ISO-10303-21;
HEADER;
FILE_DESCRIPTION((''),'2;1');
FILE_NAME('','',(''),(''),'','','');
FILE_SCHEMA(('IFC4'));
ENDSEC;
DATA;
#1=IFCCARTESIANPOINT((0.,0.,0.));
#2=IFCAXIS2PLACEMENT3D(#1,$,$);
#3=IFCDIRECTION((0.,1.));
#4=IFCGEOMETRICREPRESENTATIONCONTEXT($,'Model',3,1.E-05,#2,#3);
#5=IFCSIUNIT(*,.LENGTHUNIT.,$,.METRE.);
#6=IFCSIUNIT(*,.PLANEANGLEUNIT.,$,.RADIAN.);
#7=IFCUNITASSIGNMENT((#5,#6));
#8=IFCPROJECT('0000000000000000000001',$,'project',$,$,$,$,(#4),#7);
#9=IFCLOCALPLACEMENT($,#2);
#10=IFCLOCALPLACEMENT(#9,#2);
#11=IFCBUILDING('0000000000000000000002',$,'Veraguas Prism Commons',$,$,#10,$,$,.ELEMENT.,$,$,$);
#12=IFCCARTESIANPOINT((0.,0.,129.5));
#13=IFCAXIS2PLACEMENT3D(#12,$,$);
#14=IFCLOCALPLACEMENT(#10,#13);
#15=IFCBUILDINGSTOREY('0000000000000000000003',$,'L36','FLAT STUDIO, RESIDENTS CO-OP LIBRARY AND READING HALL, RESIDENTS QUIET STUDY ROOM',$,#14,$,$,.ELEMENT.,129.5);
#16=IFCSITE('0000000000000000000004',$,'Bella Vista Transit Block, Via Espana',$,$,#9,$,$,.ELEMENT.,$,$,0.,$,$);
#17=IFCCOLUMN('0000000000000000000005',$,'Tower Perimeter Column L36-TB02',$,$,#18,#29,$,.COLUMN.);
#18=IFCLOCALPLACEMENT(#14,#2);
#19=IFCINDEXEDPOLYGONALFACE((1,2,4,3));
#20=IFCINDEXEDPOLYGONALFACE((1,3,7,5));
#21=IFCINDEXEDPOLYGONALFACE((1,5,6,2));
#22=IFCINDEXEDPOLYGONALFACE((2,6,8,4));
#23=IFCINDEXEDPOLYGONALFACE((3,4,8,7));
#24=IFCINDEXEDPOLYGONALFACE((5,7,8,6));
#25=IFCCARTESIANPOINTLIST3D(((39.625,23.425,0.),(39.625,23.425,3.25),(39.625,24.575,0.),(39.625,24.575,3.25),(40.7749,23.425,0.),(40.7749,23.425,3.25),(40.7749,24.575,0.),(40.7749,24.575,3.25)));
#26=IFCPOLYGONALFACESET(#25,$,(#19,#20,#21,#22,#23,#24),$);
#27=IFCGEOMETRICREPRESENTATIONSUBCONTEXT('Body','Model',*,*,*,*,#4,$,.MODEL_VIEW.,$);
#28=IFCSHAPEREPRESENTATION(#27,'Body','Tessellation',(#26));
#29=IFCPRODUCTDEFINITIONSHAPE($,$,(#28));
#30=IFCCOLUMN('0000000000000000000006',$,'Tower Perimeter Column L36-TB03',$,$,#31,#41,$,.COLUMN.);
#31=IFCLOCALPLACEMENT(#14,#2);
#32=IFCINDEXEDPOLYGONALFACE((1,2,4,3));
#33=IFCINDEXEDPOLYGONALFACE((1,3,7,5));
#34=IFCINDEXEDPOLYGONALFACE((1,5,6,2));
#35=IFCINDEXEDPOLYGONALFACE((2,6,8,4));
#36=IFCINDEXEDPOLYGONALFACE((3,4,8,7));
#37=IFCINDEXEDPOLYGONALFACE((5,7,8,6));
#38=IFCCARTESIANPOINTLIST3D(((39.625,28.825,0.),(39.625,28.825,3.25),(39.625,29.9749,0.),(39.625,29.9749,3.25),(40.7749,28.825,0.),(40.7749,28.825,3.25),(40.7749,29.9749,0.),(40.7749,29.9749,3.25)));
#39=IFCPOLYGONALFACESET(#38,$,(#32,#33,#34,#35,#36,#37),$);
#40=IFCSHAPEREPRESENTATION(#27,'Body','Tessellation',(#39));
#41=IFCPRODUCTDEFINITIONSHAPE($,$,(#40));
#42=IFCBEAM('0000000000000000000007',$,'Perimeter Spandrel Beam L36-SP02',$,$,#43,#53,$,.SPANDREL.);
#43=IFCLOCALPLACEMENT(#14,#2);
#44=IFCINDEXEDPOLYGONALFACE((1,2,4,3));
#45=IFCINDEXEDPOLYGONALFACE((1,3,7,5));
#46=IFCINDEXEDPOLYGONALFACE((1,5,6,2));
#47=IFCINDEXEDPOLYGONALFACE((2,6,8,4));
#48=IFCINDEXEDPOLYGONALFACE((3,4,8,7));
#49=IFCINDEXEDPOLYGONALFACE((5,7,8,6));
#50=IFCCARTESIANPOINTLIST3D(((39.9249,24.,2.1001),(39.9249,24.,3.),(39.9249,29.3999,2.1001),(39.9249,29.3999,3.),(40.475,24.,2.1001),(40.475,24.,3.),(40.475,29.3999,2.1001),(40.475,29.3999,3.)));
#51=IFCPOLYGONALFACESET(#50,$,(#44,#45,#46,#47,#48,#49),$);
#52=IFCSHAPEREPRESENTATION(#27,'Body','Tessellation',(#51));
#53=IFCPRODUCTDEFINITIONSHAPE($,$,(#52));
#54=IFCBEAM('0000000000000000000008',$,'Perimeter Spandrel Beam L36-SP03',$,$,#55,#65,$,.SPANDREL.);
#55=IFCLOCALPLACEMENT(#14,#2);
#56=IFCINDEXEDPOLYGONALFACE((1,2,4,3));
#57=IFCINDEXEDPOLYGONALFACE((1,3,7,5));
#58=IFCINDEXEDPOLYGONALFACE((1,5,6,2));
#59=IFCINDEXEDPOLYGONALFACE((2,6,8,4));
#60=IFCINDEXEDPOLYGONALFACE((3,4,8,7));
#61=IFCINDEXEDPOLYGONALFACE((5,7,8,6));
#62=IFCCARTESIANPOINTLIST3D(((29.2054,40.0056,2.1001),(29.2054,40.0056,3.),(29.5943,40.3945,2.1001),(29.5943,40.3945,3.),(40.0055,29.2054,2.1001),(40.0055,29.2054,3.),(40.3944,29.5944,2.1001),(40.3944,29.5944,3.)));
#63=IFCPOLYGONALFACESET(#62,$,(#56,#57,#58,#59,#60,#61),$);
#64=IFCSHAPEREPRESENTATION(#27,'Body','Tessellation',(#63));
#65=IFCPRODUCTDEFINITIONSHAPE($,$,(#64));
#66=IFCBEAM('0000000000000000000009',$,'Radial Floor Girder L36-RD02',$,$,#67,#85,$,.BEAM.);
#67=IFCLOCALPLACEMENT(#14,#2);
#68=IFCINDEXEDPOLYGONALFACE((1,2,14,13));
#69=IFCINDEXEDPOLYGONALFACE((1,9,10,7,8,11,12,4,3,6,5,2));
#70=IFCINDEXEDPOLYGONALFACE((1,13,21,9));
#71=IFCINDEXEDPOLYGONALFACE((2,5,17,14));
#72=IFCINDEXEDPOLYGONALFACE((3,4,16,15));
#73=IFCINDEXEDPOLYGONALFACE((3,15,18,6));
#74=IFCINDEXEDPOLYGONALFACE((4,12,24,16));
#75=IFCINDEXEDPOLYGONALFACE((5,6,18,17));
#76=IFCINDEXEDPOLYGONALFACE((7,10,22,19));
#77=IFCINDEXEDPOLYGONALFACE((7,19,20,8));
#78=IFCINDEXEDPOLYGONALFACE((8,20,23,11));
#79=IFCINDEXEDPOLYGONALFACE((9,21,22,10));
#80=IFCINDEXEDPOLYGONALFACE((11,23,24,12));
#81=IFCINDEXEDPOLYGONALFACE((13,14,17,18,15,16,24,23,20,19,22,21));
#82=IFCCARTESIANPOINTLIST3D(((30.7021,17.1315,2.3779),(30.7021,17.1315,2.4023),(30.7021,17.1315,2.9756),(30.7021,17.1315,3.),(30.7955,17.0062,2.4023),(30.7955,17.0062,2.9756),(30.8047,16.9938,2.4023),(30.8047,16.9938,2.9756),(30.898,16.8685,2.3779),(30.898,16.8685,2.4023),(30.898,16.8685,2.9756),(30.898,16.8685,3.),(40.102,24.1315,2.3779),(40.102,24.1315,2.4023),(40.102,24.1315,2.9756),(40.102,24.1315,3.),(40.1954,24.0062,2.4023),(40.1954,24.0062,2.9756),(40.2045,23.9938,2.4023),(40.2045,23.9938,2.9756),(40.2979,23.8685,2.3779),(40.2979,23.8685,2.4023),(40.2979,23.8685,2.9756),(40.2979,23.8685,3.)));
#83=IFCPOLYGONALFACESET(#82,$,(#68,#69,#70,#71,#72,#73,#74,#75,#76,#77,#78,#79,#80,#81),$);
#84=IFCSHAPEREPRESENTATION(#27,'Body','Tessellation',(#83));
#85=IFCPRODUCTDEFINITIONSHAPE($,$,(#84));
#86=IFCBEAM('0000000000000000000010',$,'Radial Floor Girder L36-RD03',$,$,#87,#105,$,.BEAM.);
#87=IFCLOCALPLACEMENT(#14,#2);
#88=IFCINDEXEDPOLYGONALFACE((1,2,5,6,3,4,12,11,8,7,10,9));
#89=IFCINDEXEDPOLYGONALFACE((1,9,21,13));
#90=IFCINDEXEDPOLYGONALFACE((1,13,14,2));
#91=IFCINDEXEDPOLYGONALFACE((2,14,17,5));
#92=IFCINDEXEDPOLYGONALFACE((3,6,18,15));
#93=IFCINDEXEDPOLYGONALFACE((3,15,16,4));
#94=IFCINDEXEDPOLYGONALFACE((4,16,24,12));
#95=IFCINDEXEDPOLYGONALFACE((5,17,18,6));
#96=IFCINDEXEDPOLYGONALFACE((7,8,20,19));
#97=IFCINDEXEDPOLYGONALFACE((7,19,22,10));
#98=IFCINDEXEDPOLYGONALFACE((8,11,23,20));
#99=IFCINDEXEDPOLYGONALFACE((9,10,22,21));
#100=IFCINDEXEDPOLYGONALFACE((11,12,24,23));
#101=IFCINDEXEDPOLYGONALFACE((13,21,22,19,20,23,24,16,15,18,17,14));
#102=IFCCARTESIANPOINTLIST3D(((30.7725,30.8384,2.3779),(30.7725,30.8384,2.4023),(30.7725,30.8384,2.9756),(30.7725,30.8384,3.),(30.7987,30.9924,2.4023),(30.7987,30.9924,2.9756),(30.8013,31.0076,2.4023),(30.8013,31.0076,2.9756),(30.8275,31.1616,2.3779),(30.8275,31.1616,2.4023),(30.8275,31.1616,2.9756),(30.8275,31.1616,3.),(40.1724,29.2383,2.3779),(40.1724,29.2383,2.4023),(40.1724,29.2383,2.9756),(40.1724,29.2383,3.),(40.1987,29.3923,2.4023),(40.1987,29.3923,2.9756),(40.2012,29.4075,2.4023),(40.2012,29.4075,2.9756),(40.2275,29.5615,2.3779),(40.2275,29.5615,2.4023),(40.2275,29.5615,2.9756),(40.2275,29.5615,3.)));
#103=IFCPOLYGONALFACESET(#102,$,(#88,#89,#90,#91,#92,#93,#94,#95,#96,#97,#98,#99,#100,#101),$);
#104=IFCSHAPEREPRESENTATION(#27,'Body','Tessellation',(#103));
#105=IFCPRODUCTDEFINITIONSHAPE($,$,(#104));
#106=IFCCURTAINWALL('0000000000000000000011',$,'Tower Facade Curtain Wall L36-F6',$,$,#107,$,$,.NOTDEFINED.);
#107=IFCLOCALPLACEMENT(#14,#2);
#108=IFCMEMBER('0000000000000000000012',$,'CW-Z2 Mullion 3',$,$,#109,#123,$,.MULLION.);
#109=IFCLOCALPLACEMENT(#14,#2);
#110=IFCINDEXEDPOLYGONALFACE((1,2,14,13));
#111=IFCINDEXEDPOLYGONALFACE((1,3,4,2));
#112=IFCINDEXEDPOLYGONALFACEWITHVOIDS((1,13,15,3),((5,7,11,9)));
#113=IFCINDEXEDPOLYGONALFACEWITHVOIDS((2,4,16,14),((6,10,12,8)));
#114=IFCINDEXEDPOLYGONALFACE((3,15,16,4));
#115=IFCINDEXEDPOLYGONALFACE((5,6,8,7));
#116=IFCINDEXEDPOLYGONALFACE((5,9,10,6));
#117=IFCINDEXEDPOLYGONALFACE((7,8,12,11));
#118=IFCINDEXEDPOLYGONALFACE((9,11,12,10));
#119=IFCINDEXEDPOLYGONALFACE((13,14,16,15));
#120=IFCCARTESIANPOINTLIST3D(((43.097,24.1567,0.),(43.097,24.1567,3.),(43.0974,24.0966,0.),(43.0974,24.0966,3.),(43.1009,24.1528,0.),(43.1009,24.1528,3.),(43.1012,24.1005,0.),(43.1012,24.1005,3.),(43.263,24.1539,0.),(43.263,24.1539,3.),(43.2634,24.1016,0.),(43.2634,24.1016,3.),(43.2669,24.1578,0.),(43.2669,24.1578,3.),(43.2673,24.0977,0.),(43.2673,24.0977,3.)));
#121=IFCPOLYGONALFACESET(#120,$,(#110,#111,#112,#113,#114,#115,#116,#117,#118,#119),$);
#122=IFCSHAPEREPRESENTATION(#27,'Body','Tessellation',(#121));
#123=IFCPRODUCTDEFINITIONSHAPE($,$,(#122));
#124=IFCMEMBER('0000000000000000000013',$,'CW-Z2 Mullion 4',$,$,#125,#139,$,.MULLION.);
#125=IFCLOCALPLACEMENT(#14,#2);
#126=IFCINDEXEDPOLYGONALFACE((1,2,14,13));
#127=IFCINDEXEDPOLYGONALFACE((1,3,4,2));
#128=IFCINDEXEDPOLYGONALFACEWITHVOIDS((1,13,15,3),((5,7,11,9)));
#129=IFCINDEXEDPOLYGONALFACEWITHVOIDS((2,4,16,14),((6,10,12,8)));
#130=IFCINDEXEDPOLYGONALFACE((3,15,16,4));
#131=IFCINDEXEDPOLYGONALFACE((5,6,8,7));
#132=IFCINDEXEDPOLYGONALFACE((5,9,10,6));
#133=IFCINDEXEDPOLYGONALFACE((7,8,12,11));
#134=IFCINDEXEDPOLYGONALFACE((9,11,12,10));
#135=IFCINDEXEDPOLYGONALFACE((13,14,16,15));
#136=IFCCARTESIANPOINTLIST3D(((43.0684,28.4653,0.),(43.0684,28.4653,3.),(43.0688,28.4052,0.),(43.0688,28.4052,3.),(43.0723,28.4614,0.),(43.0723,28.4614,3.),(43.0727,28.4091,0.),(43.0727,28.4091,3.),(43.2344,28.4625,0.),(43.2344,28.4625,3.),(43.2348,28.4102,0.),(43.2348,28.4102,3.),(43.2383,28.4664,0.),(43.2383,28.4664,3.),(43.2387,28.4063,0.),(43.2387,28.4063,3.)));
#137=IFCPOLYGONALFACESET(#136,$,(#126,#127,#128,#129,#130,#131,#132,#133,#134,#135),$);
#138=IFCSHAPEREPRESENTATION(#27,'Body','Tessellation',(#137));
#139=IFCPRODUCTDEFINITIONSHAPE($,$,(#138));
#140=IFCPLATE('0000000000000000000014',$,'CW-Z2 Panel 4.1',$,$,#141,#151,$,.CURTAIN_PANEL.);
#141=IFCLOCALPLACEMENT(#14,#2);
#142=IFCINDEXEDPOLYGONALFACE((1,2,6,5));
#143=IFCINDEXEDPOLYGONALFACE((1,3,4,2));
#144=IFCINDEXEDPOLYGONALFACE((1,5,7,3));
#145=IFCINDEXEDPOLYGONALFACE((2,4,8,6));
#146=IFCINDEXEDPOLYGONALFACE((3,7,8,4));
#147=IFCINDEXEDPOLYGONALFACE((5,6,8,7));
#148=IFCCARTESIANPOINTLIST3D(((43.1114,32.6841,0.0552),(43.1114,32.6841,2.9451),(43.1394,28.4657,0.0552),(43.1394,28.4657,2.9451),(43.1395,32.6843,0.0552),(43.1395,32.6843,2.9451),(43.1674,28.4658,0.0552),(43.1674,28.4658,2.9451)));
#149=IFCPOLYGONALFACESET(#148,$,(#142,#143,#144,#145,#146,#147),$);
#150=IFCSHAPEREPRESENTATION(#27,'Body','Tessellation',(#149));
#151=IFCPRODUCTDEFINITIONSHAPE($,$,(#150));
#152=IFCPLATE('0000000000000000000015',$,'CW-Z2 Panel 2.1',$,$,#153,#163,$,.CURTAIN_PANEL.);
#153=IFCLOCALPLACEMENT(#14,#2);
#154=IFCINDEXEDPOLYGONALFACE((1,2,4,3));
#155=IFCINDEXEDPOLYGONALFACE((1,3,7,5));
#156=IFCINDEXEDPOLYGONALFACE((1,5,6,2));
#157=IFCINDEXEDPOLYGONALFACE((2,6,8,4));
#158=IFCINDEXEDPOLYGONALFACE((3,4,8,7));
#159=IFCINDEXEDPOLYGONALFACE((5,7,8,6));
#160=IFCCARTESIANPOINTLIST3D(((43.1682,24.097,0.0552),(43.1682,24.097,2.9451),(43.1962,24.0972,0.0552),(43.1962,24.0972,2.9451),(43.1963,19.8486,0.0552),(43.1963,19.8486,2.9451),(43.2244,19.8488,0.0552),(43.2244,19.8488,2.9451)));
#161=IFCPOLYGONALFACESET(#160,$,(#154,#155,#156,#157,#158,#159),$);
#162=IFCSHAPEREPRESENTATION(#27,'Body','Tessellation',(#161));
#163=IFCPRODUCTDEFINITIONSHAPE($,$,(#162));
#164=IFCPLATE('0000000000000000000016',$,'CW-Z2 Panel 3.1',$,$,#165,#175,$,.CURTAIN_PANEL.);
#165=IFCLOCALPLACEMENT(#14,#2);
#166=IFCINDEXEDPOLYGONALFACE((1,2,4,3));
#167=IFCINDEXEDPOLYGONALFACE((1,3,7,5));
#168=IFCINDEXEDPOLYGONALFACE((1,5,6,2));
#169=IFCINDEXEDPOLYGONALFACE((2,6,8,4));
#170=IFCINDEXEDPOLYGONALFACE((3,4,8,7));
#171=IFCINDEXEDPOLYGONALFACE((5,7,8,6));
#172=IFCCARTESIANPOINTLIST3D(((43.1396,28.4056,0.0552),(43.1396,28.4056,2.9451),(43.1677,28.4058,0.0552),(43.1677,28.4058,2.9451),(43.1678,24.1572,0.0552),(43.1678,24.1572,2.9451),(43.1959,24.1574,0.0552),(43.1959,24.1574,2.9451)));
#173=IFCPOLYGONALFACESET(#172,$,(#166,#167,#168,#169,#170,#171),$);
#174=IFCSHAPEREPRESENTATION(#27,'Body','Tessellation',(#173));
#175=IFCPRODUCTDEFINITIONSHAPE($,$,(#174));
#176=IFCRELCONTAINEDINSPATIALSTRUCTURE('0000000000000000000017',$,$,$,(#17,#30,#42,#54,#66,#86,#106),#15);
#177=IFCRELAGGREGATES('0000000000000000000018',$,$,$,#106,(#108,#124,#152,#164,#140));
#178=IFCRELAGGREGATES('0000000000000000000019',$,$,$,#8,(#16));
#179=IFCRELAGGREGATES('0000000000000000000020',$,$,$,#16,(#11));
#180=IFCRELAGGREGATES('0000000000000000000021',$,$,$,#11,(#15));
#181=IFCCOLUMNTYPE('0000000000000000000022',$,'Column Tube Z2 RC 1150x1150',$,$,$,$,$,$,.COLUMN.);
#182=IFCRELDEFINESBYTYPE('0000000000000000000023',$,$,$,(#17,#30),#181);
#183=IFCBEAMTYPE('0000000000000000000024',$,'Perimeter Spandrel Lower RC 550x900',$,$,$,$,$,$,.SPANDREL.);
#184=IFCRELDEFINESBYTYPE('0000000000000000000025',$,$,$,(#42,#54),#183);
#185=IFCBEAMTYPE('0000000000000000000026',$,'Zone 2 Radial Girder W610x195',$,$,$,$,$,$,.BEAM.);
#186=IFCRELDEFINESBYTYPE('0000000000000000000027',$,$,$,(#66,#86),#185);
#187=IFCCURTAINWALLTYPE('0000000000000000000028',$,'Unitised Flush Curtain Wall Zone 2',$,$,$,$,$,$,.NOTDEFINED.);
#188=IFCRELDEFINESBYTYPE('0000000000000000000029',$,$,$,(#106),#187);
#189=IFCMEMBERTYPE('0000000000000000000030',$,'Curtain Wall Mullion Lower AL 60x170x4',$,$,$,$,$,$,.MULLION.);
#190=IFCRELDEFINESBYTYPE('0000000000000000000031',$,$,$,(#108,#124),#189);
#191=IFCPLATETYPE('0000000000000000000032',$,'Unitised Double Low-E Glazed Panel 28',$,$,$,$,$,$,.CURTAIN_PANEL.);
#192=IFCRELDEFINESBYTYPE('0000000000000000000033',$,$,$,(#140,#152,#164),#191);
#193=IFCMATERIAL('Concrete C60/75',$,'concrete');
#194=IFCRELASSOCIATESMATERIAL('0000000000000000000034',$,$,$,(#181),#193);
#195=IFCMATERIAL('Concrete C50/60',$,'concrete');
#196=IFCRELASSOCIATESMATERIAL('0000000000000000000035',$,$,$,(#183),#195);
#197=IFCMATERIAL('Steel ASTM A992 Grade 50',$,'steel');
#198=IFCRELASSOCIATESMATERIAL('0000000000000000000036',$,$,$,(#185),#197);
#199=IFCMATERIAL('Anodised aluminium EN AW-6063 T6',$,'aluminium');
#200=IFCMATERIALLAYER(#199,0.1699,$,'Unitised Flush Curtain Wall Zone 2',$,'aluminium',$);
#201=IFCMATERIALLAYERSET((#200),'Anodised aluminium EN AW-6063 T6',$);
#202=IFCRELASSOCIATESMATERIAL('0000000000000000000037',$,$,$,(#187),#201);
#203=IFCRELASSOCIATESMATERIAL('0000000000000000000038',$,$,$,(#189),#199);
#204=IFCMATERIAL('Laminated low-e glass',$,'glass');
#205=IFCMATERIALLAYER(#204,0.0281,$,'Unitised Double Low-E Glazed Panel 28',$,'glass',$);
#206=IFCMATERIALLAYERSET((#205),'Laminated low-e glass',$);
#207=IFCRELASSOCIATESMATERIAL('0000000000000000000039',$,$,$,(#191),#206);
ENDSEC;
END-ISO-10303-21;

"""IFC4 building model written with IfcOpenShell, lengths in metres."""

from ifc_helpers import new_model, si_unit, direction, frame, origin, origin_2d, place, context, subcontext, project, spatial, rectangle, hollow_rectangle, i_section, extrude, source, transform, mapped, material, layer, layer_set, material_profile, profile_set, type_object, element, aggregate, save


model = new_model("IFC4")

# Units and contexts
model_context = context("Model", 3, precision=1e-05, world=origin(), true_north=direction((0.0, 1.0)))
body_context = subcontext(model_context, "Body", "Model", "MODEL_VIEW")
ifc_project = project(units=[si_unit("LENGTHUNIT", "METRE"), si_unit("PLANEANGLEUNIT", "RADIAN")], contexts=[model_context])

# Site, building, storey
site_placement = place(None, origin())
site = spatial("IfcSite", under=ifc_project, at=site_placement, Name="Bella Vista Transit Block, Via Espana", CompositionType="ELEMENT", RefElevation=0.0)
building_placement = place(site_placement, origin())
building = spatial("IfcBuilding", under=site, at=building_placement, Name="Veraguas Prism Commons", CompositionType="ELEMENT")
storey_placement = place(building_placement, frame((0.0, 0.0, 129.5)))
storey = spatial("IfcBuildingStorey", under=building, at=storey_placement, Name="L36", Description="FLAT STUDIO, RESIDENTS CO-OP LIBRARY AND READING HALL, RESIDENTS QUIET STUDY ROOM", CompositionType="ELEMENT", Elevation=129.5)

# Columns
ifc_material_1 = material(Name="Concrete C60/75", Category="concrete")
ifc_material_profile_1 = material_profile(ifc_material_1, rectangle(XDim=1.1499, YDim=1.1499, at=origin_2d()), Name="RC1150X1150")
ifc_profile_set_1 = profile_set([ifc_material_profile_1], Name="Concrete C60/75")
column_type = type_object("IfcColumnType", Name="Column Tube Z2 RC 1150x1150", PredefinedType="COLUMN", material=ifc_profile_set_1)
for number, where, z_axis, x_axis, name in (
    (1, (40.2, 24.0, 0.0), (0.0, 0.0, 1.0), (1.0, 0.0, 0.0), "Tower Perimeter Column L36-TB02"),
    (2, (40.2, 29.3999, 0.0), (0.0, 0.0, 1.0), (1.0, 0.0, 0.0), "Tower Perimeter Column L36-TB03"),
):
    element("IfcColumn", number, at=place(storey_placement, frame(where, z_axis=z_axis, x_axis=x_axis)), inside=storey, type_object=column_type, Name=name, PredefinedType="COLUMN", context=body_context, shape_type="SweptSolid", body=[
        extrude(rectangle(XDim=1.1499, YDim=1.1499, at=origin_2d()), origin(), (0.0, 0.0, 1.0), 3.25),
    ])

# Beams
ifc_material_2 = material(Name="Concrete C50/60", Category="concrete")
ifc_material_profile_2 = material_profile(ifc_material_2, rectangle(XDim=0.55, YDim=0.8999, at=origin_2d()), Name="RC550X900")
ifc_profile_set_2 = profile_set([ifc_material_profile_2], Name="Concrete C50/60")
beam_type_1 = type_object("IfcBeamType", Name="Perimeter Spandrel Lower RC 550x900", PredefinedType="SPANDREL", material=ifc_profile_set_2)
beam_1_placement = place(storey_placement, frame((40.2, 24.0, 2.55), z_axis=(0.0, 1.0, 0.0), x_axis=(-1.0, 0.0, 0.0)))
element("IfcBeam", 3, at=beam_1_placement, inside=storey, type_object=beam_type_1, Name="Perimeter Spandrel Beam L36-SP02", PredefinedType="SPANDREL", context=body_context, shape_type="SweptSolid", body=[
    extrude(rectangle(XDim=0.55, YDim=0.8999, at=origin_2d()), origin(), (0.0, 0.0, 1.0), 5.3999),
])
beam_2_placement = place(storey_placement, frame((40.2, 29.3999, 2.55), z_axis=(-0.707107, 0.707107, 0.0), x_axis=(-0.707107, -0.707107, 0.0)))
element("IfcBeam", 4, at=beam_2_placement, inside=storey, type_object=beam_type_1, Name="Perimeter Spandrel Beam L36-SP03", PredefinedType="SPANDREL", context=body_context, shape_type="SweptSolid", body=[
    extrude(rectangle(XDim=0.55, YDim=0.8999, at=origin_2d()), origin(), (0.0, 0.0, 1.0), 15.2737),
])
ifc_material_3 = material(Name="Steel ASTM A992 Grade 50", Category="steel")
ifc_material_profile_3 = material_profile(ifc_material_3, i_section(OverallWidth=0.3279, OverallDepth=0.6221, WebThickness=0.0154, FlangeThickness=0.0244, at=origin_2d()), Name="W610X195")
ifc_profile_set_3 = profile_set([ifc_material_profile_3], Name="Steel ASTM A992 Grade 50")
beam_type_2 = type_object("IfcBeamType", Name="Zone 2 Radial Girder W610x195", PredefinedType="BEAM", material=ifc_profile_set_3)
beam_3_placement = place(storey_placement, frame((40.2, 24.0, 2.689), z_axis=(-0.80204, -0.59727, 0.0), x_axis=(0.59727, -0.80204, 0.0)))
element("IfcBeam", 5, at=beam_3_placement, inside=storey, type_object=beam_type_2, Name="Radial Floor Girder L36-RD02", PredefinedType="BEAM", context=body_context, shape_type="SweptSolid", body=[
    extrude(i_section(OverallWidth=0.3279, OverallDepth=0.6221, WebThickness=0.0154, FlangeThickness=0.0244, at=origin_2d()), origin(), (0.0, 0.0, 1.0), 11.72),
])
beam_4_placement = place(storey_placement, frame((40.2, 29.3999, 2.689), z_axis=(-0.985819, 0.167811, 0.0), x_axis=(-0.167811, -0.985819, 0.0)))
element("IfcBeam", 6, at=beam_4_placement, inside=storey, type_object=beam_type_2, Name="Radial Floor Girder L36-RD03", PredefinedType="BEAM", context=body_context, shape_type="SweptSolid", body=[
    extrude(i_section(OverallWidth=0.3279, OverallDepth=0.6221, WebThickness=0.0154, FlangeThickness=0.0244, at=origin_2d()), origin(), (0.0, 0.0, 1.0), 9.5352),
])

# Curtain wall, members, plates
ifc_material_4 = material(Name="Anodised aluminium EN AW-6063 T6", Category="aluminium")
ifc_layer_1 = layer(ifc_material_4, 0.1699, Name="Unitised Flush Curtain Wall Zone 2", Category="aluminium")
ifc_layer_set_1 = layer_set([ifc_layer_1], Name="Anodised aluminium EN AW-6063 T6")
curtain_wall_type = type_object("IfcCurtainWallType", Name="Unitised Flush Curtain Wall Zone 2", PredefinedType="NOTDEFINED", material=ifc_layer_set_1)
curtain_wall_placement = place(storey_placement, origin())
curtain_wall = element("IfcCurtainWall", 7, at=curtain_wall_placement, inside=storey, type_object=curtain_wall_type, Name="Tower Facade Curtain Wall L36-F6", PredefinedType="NOTDEFINED")
ifc_material_profile_4 = material_profile(ifc_material_4, hollow_rectangle(XDim=0.0601, YDim=0.1699, WallThickness=0.0039, at=origin_2d()), Name="AL60X170X4")
ifc_profile_set_4 = profile_set([ifc_material_profile_4], Name="Anodised aluminium EN AW-6063 T6")
member_type = type_object("IfcMemberType", Name="Curtain Wall Mullion Lower AL 60x170x4", PredefinedType="MULLION", material=ifc_profile_set_4)
shared_shape_1 = source(origin(), body_context, "Body", "SweptSolid", [
    extrude(hollow_rectangle(XDim=0.0601, YDim=0.1699, WallThickness=0.0039, at=origin_2d()), origin(), (0.0, 0.0, 1.0), 3.0),
])
member_1_placement = place(storey_placement, frame((43.1821, 24.1272, 0.0), z_axis=(0.0, 0.0, 1.0), x_axis=(-0.006632, 0.999978, 0.0)))
member_1 = element("IfcMember", 8, at=member_1_placement, type_object=member_type, Name="CW-Z2 Mullion 3", PredefinedType="MULLION", context=body_context, shape_type="MappedRepresentation", body=[
    mapped(shared_shape_1, transform((0.0, 0.0, 0.0), scale=1.0)),
])
member_2_placement = place(storey_placement, frame((43.1536, 28.4358, 0.0), z_axis=(0.0, 0.0, 1.0), x_axis=(-0.006632, 0.999978, 0.0)))
member_2 = element("IfcMember", 9, at=member_2_placement, type_object=member_type, Name="CW-Z2 Mullion 4", PredefinedType="MULLION", context=body_context, shape_type="MappedRepresentation", body=[
    mapped(shared_shape_1, transform((0.0, 0.0, 0.0), scale=1.0)),
])
ifc_material_5 = material(Name="Laminated low-e glass", Category="glass")
ifc_layer_2 = layer(ifc_material_5, 0.0281, Name="Unitised Double Low-E Glazed Panel 28", Category="glass")
ifc_layer_set_2 = layer_set([ifc_layer_2], Name="Laminated low-e glass")
plate_type = type_object("IfcPlateType", Name="Unitised Double Low-E Glazed Panel 28", PredefinedType="CURTAIN_PANEL", material=ifc_layer_set_2)
shared_shape_2 = source(origin(), body_context, "Body", "SweptSolid", [
    extrude(rectangle(XDim=4.2185, YDim=0.0281, at=origin_2d()), origin(), (0.0, 0.0, 1.0), 2.8899),
])
plate_1_placement = place(storey_placement, frame((43.1394, 30.575, 0.0552), z_axis=(0.0, 0.0, 1.0), x_axis=(-0.006632, 0.999978, 0.0)))
plate_1 = element("IfcPlate", 10, at=plate_1_placement, type_object=plate_type, Name="CW-Z2 Panel 4.1", PredefinedType="CURTAIN_PANEL", context=body_context, shape_type="MappedRepresentation", body=[
    mapped(shared_shape_2, transform((0.0, 0.0, 0.0), scale=1.0)),
])
shared_shape_3 = source(origin(), body_context, "Body", "SweptSolid", [
    extrude(rectangle(XDim=4.2485, YDim=0.0281, at=origin_2d()), origin(), (0.0, 0.0, 1.0), 2.8899),
])
plate_2_placement = place(storey_placement, frame((43.1963, 21.9729, 0.0552), z_axis=(0.0, 0.0, 1.0), x_axis=(-0.006632, 0.999978, 0.0)))
plate_2 = element("IfcPlate", 11, at=plate_2_placement, type_object=plate_type, Name="CW-Z2 Panel 2.1", PredefinedType="CURTAIN_PANEL", context=body_context, shape_type="MappedRepresentation", body=[
    mapped(shared_shape_3, transform((0.0, 0.0, 0.0), scale=1.0)),
])
plate_3_placement = place(storey_placement, frame((43.1677, 26.2815, 0.0552), z_axis=(0.0, 0.0, 1.0), x_axis=(-0.006632, 0.999978, 0.0)))
plate_3 = element("IfcPlate", 12, at=plate_3_placement, type_object=plate_type, Name="CW-Z2 Panel 3.1", PredefinedType="CURTAIN_PANEL", context=body_context, shape_type="MappedRepresentation", body=[
    mapped(shared_shape_3, transform((0.0, 0.0, 0.0), scale=1.0)),
])
aggregate(curtain_wall, [member_1, member_2, plate_2, plate_3, plate_1])

save(model, "model.ifc")
